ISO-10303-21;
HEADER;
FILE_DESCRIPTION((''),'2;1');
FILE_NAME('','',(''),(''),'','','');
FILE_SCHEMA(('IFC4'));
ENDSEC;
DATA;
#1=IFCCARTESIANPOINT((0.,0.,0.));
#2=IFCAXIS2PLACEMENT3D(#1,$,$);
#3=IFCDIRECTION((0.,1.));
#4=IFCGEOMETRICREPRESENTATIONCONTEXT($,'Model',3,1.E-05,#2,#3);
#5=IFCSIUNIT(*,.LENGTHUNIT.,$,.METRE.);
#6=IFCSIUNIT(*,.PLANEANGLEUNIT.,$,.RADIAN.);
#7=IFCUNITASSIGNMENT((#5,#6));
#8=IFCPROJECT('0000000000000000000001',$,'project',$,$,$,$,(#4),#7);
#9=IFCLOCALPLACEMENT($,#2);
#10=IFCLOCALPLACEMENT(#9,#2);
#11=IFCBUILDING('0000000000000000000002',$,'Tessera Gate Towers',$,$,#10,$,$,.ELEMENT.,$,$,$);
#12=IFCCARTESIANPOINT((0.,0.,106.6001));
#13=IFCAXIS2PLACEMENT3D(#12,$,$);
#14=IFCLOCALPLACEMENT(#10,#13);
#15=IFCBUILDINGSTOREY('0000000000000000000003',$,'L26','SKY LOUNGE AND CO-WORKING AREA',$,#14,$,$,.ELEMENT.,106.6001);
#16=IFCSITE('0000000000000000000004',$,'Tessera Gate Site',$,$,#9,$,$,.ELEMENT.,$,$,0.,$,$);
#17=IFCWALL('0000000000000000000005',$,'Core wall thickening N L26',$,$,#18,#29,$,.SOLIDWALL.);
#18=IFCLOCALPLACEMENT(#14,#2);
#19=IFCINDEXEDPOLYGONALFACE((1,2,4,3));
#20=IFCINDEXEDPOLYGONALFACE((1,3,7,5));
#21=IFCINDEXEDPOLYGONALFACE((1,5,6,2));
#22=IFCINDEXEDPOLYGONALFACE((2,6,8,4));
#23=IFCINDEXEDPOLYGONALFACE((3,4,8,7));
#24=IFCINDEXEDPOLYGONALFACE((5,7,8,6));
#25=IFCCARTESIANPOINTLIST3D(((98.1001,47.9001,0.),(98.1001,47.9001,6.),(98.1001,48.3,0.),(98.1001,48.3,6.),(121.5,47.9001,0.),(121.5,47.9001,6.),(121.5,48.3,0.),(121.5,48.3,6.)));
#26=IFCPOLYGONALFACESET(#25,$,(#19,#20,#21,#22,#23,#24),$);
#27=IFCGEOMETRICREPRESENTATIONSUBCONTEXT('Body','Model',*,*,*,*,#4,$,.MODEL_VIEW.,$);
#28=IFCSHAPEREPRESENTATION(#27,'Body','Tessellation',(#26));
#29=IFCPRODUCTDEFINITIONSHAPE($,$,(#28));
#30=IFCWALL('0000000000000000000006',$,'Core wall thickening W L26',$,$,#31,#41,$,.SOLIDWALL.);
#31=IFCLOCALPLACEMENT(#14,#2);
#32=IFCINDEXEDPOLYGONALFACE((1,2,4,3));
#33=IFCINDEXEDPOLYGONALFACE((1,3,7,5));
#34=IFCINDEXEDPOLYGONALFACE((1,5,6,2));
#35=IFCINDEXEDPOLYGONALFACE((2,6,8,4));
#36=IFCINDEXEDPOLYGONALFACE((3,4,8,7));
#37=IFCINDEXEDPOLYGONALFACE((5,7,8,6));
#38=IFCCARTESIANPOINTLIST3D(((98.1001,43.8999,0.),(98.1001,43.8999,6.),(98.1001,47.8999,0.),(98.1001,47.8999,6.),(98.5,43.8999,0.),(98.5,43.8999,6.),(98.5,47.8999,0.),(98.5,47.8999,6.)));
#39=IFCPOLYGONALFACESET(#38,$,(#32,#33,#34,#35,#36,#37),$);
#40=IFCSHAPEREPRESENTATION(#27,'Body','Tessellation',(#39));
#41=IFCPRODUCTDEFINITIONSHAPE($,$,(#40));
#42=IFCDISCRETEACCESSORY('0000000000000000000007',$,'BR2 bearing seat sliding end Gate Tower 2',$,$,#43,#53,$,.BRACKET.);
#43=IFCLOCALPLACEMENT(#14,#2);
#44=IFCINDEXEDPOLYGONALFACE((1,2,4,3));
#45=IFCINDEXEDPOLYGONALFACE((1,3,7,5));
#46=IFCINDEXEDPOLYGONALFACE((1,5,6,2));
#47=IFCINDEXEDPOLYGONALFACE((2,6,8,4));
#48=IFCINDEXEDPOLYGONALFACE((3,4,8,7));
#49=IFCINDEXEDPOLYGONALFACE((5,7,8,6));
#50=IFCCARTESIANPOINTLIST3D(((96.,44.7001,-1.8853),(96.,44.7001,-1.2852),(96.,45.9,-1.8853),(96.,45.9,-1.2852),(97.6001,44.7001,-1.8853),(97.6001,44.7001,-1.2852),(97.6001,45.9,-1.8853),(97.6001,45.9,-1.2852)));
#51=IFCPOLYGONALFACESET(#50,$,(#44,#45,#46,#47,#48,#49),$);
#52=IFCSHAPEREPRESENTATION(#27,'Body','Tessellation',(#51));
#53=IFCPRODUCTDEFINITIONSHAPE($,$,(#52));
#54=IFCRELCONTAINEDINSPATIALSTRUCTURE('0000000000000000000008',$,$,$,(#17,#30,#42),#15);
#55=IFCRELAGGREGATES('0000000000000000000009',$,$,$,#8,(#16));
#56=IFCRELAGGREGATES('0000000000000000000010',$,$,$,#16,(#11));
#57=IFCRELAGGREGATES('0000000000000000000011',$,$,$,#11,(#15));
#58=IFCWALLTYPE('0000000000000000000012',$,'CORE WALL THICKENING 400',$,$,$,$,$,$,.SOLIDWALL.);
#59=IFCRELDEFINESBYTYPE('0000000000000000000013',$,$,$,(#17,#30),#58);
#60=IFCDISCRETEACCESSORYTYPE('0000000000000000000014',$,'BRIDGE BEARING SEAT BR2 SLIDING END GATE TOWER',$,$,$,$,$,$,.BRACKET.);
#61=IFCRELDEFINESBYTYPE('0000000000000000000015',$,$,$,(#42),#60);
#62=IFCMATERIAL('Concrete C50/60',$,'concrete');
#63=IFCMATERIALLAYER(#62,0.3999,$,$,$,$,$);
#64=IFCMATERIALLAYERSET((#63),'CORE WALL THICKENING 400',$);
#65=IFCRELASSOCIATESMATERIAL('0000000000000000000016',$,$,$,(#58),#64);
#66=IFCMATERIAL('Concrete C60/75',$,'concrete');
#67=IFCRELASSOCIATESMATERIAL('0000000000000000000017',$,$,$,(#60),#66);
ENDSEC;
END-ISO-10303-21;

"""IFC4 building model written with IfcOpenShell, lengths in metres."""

from ifc_helpers import new_model, si_unit, direction, frame, frame_2d, origin, origin_2d, place, context, subcontext, project, spatial, rectangle, extrude, material, layer, layer_set, type_object, element, save


model = new_model("IFC4")

# Units and contexts
model_context = context("Model", 3, precision=1e-05, world=origin(), true_north=direction((0.0, 1.0)))
body_context = subcontext(model_context, "Body", "Model", "MODEL_VIEW")
ifc_project = project(units=[si_unit("LENGTHUNIT", "METRE"), si_unit("PLANEANGLEUNIT", "RADIAN")], contexts=[model_context])

# Site, building, storey
site_placement = place(None, origin())
site = spatial("IfcSite", under=ifc_project, at=site_placement, Name="Tessera Gate Site", CompositionType="ELEMENT", RefElevation=0.0)
building_placement = place(site_placement, origin())
building = spatial("IfcBuilding", under=site, at=building_placement, Name="Tessera Gate Towers", CompositionType="ELEMENT")
storey_placement = place(building_placement, frame((0.0, 0.0, 106.6001)))
storey = spatial("IfcBuildingStorey", under=building, at=storey_placement, Name="L26", Description="SKY LOUNGE AND CO-WORKING AREA", CompositionType="ELEMENT", Elevation=106.6001)

# Walls
ifc_material_1 = material(Name="Concrete C50/60", Category="concrete")
ifc_layer_1 = layer(ifc_material_1, 0.3999)
ifc_layer_set_1 = layer_set([ifc_layer_1], Name="CORE WALL THICKENING 400")
wall_type_1 = type_object("IfcWallType", Name="CORE WALL THICKENING 400", PredefinedType="SOLIDWALL", material=ifc_layer_set_1)
wall_1_placement = place(storey_placement, frame((98.1001, 48.1001, 0.0), z_axis=(0.0, 0.0, 1.0), x_axis=(1.0, 0.0, 0.0)))
element("IfcWall", 1, at=wall_1_placement, inside=storey, type_object=wall_type_1, Name="Core wall thickening N L26", PredefinedType="SOLIDWALL", context=body_context, shape_type="SweptSolid", body=[
    extrude(rectangle(XDim=23.3999, YDim=0.3999, at=frame_2d((11.7, 0.0))), origin(), (0.0, 0.0, 1.0), 6.0),
])
wall_2_placement = place(storey_placement, frame((98.3, 43.8999, 0.0), z_axis=(0.0, 0.0, 1.0), x_axis=(0.0, 1.0, 0.0)))
element("IfcWall", 2, at=wall_2_placement, inside=storey, type_object=wall_type_1, Name="Core wall thickening W L26", PredefinedType="SOLIDWALL", context=body_context, shape_type="SweptSolid", body=[
    extrude(rectangle(XDim=4.0, YDim=0.3999, at=frame_2d((2.0, 0.0))), origin(), (0.0, 0.0, 1.0), 6.0),
])

# Discrete accessory
ifc_material_2 = material(Name="Concrete C60/75", Category="concrete")
discrete_accessory_type = type_object("IfcDiscreteAccessoryType", Name="BRIDGE BEARING SEAT BR2 SLIDING END GATE TOWER", PredefinedType="BRACKET", material=ifc_material_2)
discrete_accessory_placement = place(storey_placement, frame((96.8, 45.3, -1.8853), z_axis=(0.0, 0.0, 1.0), x_axis=(1.0, 0.0, 0.0)))
element("IfcDiscreteAccessory", 3, at=discrete_accessory_placement, inside=storey, type_object=discrete_accessory_type, Name="BR2 bearing seat sliding end Gate Tower 2", PredefinedType="BRACKET", context=body_context, shape_type="SweptSolid", body=[
    extrude(rectangle(XDim=1.6001, YDim=1.2, at=origin_2d()), origin(), (0.0, 0.0, 1.0), 0.6001),
])

save(model, "model.ifc")
